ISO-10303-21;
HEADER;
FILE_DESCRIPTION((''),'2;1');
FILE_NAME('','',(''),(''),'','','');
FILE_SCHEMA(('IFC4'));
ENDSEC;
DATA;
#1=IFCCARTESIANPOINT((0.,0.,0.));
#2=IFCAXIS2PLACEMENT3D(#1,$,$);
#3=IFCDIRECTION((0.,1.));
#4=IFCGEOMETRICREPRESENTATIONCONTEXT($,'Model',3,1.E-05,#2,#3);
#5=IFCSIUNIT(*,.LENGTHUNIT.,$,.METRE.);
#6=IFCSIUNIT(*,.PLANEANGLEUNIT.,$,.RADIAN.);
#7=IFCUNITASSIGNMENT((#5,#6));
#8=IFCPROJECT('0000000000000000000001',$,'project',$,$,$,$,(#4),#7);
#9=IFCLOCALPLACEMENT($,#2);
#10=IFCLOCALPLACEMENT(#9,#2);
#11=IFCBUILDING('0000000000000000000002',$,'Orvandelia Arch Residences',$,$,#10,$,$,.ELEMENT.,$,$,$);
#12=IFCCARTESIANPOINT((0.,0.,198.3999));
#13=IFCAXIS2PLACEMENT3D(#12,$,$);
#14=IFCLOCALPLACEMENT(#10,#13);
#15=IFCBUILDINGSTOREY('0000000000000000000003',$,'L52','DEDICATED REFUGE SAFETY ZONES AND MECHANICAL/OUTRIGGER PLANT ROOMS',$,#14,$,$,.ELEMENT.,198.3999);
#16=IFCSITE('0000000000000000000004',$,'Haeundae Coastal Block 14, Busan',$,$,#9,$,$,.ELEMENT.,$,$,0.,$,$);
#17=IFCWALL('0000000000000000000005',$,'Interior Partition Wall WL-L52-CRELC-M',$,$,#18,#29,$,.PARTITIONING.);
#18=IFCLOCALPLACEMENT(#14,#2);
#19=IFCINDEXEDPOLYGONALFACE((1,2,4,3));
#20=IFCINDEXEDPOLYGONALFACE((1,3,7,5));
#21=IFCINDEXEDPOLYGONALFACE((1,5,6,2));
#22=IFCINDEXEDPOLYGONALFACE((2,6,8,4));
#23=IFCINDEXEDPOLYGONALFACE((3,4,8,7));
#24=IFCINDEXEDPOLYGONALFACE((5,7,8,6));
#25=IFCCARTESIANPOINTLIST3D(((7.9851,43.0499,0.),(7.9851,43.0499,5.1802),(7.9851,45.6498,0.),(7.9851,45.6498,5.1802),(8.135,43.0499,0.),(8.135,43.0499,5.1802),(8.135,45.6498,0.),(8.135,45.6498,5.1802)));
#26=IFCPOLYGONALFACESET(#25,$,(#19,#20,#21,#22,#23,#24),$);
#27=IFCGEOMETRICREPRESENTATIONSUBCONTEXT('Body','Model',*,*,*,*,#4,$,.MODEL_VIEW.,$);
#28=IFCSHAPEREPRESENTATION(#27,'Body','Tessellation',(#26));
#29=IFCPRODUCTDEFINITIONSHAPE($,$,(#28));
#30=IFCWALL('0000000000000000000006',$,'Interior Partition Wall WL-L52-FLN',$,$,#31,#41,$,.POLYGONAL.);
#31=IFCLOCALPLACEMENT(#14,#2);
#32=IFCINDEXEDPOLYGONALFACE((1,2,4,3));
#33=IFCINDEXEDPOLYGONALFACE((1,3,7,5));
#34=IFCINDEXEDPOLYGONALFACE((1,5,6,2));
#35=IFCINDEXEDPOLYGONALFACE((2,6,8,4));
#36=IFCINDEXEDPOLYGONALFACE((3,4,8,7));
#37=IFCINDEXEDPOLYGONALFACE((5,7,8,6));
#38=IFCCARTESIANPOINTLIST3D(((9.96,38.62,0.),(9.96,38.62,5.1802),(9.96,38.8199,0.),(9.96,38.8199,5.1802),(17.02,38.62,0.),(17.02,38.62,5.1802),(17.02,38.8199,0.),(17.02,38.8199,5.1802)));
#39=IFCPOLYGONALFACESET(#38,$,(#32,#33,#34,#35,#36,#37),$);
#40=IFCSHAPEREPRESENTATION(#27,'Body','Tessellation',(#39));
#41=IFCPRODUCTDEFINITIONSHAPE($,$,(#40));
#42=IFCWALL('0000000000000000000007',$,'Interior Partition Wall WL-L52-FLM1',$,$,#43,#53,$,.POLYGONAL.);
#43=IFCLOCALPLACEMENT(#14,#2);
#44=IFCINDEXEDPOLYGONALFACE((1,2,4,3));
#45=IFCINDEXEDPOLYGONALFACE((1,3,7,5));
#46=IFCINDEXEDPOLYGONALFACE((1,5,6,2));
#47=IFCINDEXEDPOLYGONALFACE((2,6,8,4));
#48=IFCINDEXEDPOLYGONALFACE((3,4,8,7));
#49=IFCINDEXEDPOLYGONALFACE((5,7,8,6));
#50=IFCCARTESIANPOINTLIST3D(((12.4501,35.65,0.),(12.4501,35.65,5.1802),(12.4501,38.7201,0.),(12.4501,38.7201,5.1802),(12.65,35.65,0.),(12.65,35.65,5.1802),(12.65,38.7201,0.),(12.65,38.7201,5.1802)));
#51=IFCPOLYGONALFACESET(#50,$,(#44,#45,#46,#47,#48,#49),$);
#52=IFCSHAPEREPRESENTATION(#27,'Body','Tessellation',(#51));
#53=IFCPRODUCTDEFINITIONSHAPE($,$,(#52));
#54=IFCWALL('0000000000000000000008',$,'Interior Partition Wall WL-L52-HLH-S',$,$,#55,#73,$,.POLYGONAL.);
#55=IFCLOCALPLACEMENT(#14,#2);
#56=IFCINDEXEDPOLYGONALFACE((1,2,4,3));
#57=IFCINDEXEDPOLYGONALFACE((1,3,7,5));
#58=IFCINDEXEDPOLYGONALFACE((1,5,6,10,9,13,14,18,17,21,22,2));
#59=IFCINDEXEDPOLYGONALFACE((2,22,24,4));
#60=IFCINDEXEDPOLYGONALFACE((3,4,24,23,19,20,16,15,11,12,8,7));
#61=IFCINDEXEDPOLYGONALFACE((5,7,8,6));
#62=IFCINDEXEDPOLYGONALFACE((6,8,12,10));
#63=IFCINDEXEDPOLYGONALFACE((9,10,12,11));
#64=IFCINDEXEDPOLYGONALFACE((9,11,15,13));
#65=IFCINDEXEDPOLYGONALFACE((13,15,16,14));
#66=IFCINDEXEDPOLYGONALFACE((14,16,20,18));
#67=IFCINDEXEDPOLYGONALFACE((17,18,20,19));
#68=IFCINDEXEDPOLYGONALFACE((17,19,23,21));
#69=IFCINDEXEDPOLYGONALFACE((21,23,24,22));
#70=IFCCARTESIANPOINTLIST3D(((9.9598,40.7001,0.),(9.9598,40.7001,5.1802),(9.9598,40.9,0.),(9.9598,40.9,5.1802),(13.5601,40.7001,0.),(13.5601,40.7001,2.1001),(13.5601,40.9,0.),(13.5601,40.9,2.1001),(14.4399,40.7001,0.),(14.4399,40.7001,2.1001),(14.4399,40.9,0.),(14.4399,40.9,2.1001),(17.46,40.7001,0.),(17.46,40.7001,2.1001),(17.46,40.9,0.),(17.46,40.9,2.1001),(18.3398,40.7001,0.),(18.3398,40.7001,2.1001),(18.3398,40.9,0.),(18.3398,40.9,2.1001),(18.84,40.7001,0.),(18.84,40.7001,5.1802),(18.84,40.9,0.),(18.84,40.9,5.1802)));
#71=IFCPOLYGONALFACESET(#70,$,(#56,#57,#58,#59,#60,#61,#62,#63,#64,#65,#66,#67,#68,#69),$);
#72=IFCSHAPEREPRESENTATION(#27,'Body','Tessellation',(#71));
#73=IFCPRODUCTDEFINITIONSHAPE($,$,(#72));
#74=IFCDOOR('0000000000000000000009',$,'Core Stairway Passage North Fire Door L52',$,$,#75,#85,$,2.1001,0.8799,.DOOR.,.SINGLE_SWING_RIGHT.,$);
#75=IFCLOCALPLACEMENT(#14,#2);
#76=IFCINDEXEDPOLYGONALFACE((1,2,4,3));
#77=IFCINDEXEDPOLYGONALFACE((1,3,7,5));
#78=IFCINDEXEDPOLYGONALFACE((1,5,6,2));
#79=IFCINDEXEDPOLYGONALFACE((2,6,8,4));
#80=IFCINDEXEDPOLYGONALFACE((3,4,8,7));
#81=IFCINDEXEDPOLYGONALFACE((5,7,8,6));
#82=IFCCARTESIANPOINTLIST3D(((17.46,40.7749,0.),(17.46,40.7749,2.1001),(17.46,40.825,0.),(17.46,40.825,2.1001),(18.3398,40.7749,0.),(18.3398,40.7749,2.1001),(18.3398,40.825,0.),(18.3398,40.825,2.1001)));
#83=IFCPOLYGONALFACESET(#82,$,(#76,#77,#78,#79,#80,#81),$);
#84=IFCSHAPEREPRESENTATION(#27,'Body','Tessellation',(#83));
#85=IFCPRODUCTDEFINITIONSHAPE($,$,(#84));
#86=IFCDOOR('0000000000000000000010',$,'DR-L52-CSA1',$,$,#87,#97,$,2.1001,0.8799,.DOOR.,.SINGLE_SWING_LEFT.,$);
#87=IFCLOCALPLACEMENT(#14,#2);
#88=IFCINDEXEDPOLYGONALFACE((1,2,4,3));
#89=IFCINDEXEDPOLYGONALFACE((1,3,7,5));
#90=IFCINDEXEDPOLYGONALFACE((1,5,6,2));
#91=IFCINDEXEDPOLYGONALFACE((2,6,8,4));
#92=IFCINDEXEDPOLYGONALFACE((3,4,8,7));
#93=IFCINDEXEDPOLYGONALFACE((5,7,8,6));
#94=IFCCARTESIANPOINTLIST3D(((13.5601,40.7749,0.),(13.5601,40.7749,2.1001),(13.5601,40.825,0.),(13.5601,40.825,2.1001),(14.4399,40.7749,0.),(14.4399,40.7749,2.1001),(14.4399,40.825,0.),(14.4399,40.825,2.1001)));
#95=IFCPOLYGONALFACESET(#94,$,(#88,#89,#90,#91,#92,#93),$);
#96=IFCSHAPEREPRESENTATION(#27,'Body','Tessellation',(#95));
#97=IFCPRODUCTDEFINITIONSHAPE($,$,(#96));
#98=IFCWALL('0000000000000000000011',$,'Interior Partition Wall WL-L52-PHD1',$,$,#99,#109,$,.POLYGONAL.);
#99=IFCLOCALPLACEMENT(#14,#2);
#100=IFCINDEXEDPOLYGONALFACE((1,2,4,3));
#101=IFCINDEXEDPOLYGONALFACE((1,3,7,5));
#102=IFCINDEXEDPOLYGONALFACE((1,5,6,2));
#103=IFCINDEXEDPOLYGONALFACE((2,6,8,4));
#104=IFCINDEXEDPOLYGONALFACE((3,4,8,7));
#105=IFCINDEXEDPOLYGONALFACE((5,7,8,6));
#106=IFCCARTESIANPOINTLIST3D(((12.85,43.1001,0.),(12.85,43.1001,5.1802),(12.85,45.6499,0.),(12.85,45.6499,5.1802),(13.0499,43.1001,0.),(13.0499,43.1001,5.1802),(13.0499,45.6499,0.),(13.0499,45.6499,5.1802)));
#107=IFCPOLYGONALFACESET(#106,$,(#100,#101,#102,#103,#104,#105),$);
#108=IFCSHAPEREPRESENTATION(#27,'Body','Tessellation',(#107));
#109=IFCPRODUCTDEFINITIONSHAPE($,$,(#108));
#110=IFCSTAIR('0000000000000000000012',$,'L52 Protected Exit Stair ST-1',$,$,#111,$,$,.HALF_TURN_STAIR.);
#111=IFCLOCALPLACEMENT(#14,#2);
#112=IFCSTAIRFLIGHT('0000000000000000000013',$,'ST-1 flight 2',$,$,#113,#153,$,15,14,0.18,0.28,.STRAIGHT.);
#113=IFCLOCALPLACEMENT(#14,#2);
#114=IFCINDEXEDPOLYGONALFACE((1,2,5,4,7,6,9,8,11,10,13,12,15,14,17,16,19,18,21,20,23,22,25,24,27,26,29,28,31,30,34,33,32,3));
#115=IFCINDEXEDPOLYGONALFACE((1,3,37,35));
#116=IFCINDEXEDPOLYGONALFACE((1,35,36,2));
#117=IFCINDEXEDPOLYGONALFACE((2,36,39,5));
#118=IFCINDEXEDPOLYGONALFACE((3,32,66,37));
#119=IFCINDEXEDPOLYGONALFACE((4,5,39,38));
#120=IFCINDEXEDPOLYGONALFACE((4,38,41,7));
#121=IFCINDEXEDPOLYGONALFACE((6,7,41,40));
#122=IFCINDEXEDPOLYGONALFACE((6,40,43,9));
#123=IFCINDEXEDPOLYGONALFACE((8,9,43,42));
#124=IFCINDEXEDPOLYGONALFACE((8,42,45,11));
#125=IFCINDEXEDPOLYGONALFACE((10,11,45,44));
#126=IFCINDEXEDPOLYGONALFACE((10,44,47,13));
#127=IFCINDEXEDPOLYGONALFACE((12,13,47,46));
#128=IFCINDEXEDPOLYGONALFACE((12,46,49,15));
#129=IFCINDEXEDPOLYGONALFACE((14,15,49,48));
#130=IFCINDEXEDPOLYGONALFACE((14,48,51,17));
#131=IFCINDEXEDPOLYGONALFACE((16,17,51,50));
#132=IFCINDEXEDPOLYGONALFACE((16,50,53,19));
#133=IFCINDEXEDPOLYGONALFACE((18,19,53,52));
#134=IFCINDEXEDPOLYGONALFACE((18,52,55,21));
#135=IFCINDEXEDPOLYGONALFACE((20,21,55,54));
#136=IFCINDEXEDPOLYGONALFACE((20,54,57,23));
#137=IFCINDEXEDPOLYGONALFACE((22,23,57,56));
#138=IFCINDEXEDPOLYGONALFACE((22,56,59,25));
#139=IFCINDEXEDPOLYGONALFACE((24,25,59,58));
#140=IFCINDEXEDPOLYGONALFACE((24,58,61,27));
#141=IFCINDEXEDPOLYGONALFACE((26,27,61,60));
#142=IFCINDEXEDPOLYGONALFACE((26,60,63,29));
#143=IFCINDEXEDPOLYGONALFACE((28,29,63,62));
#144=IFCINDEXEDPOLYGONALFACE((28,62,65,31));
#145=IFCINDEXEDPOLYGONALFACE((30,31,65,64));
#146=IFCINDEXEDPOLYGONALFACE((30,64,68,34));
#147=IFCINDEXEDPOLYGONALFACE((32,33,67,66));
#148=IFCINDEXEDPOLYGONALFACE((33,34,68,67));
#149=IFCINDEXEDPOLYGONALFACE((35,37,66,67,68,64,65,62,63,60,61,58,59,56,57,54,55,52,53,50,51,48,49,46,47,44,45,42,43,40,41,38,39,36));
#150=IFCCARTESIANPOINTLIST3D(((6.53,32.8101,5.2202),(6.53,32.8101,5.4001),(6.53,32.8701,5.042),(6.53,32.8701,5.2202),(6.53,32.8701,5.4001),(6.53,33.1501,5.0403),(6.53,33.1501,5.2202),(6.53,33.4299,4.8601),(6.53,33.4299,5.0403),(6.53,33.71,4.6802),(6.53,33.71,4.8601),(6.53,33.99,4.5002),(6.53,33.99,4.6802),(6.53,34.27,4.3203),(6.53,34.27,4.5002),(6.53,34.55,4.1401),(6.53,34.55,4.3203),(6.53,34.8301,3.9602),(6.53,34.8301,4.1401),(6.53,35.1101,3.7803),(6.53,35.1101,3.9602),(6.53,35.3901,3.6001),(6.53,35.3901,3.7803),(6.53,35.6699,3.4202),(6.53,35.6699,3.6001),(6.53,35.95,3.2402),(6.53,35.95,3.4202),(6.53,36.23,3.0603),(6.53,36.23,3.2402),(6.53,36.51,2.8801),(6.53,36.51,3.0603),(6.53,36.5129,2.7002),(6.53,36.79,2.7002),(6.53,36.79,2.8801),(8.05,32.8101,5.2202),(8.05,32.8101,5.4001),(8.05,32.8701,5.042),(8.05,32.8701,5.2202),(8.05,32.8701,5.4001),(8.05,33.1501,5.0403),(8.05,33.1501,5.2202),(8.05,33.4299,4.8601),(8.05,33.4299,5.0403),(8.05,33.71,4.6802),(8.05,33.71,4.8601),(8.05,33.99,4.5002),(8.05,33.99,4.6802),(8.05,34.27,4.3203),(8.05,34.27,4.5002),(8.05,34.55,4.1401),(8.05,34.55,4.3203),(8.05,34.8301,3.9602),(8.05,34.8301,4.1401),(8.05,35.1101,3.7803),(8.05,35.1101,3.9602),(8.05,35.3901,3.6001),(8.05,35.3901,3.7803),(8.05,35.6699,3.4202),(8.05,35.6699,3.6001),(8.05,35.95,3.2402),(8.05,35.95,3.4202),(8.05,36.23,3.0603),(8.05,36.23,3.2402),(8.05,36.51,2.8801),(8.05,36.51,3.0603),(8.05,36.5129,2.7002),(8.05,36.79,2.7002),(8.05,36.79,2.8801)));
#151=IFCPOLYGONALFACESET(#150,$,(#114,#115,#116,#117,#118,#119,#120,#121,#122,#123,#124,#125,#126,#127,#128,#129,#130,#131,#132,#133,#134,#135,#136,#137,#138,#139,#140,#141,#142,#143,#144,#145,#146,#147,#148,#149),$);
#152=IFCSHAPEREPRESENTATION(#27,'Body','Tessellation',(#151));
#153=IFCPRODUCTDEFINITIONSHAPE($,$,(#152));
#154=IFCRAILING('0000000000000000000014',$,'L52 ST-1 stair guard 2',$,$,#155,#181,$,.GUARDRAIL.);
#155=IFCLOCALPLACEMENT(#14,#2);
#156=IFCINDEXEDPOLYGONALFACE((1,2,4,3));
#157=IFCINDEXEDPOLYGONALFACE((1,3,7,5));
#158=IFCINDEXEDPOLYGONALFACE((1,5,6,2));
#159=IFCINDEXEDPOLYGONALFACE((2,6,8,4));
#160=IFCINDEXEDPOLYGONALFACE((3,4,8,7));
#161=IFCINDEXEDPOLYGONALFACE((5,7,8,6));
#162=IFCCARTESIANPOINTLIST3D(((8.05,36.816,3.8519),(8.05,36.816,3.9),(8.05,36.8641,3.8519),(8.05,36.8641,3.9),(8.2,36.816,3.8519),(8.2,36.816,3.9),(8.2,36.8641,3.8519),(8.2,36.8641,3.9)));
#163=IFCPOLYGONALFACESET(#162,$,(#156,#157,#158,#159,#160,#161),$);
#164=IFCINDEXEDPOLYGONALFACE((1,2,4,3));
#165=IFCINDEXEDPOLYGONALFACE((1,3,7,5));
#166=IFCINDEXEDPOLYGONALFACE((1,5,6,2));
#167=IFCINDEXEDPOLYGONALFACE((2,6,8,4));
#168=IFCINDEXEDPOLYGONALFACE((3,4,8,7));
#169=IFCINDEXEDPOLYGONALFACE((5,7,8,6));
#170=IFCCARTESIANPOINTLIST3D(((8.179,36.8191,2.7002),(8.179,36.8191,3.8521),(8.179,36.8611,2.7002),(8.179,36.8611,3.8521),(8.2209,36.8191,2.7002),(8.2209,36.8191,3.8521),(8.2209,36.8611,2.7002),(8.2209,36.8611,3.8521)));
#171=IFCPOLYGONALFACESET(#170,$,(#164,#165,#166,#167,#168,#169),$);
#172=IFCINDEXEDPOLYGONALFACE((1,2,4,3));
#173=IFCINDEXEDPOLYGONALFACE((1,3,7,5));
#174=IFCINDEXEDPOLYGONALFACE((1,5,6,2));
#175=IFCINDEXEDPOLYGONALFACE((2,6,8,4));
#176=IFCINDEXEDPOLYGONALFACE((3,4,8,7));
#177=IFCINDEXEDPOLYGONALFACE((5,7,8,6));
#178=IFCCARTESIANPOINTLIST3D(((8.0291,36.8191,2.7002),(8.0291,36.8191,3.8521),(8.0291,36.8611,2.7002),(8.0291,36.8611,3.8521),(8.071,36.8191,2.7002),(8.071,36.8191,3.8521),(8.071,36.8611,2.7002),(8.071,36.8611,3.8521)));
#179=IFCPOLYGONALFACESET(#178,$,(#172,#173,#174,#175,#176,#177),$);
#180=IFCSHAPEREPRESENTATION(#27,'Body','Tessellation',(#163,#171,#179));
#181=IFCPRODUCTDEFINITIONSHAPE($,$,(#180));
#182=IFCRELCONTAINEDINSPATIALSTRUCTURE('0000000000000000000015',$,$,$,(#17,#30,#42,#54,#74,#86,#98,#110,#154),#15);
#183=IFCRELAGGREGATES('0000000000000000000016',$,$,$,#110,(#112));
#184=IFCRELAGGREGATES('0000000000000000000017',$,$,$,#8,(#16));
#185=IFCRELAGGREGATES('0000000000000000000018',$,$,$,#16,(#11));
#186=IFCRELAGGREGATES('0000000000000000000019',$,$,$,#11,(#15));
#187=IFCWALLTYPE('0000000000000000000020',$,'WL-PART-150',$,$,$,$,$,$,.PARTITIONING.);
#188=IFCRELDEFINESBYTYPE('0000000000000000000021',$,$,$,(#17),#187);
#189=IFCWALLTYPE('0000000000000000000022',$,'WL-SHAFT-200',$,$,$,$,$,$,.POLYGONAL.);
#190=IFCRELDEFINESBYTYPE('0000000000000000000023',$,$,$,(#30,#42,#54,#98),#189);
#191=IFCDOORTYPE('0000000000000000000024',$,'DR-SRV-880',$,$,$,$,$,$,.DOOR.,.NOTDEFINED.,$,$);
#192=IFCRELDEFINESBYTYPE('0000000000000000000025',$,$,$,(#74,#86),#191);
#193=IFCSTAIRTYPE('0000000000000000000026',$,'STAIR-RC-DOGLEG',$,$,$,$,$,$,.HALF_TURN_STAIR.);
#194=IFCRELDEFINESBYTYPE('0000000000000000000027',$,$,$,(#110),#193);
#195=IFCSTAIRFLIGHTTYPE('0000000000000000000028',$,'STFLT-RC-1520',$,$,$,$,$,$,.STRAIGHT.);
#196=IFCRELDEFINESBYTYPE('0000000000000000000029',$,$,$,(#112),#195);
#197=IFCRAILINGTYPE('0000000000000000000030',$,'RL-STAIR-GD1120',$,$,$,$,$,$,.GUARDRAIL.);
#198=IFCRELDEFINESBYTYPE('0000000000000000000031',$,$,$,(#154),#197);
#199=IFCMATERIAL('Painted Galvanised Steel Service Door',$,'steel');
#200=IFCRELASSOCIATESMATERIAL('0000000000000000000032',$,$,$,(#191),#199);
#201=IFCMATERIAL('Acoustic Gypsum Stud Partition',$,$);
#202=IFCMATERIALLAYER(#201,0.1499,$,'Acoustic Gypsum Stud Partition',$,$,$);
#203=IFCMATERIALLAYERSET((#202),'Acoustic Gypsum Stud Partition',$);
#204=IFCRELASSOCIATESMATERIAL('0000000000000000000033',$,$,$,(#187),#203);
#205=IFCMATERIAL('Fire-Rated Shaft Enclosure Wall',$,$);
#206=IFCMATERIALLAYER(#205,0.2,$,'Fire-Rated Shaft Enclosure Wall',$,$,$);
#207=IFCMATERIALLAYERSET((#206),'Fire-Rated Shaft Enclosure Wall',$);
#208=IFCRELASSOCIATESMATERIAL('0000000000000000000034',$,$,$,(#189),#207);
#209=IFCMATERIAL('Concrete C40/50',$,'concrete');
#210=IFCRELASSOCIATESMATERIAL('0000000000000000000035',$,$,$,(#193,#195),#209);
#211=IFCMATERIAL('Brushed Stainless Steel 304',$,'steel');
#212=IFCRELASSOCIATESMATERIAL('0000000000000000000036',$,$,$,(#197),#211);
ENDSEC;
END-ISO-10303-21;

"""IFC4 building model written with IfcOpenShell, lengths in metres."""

from ifc_helpers import new_model, si_unit, direction, frame, frame_2d, origin, origin_2d, place, context, subcontext, project, spatial, polyline, rectangle, outline, extrude, material, layer, layer_set, type_object, element, fill, aggregate, save


model = new_model("IFC4")

# Units and contexts
model_context = context("Model", 3, precision=1e-05, world=origin(), true_north=direction((0.0, 1.0)))
body_context = subcontext(model_context, "Body", "Model", "MODEL_VIEW")
ifc_project = project(units=[si_unit("LENGTHUNIT", "METRE"), si_unit("PLANEANGLEUNIT", "RADIAN")], contexts=[model_context])

# Site, building, storey
site_placement = place(None, origin())
site = spatial("IfcSite", under=ifc_project, at=site_placement, Name="Haeundae Coastal Block 14, Busan", CompositionType="ELEMENT", RefElevation=0.0)
building_placement = place(site_placement, origin())
building = spatial("IfcBuilding", under=site, at=building_placement, Name="Orvandelia Arch Residences", CompositionType="ELEMENT")
storey_placement = place(building_placement, frame((0.0, 0.0, 198.3999)))
storey = spatial("IfcBuildingStorey", under=building, at=storey_placement, Name="L52", Description="DEDICATED REFUGE SAFETY ZONES AND MECHANICAL/OUTRIGGER PLANT ROOMS", CompositionType="ELEMENT", Elevation=198.3999)

# Shared definitions
ifc_material_1 = material(Name="Painted Galvanised Steel Service Door", Category="steel")
door_type_1 = type_object("IfcDoorType", Name="DR-SRV-880", OperationType="NOTDEFINED", PredefinedType="DOOR", material=ifc_material_1)

# Walls
ifc_material_2 = material(Name="Acoustic Gypsum Stud Partition")
ifc_layer_1 = layer(ifc_material_2, 0.1499, Name="Acoustic Gypsum Stud Partition")
ifc_layer_set_1 = layer_set([ifc_layer_1], Name="Acoustic Gypsum Stud Partition")
wall_type_1 = type_object("IfcWallType", Name="WL-PART-150", PredefinedType="PARTITIONING", material=ifc_layer_set_1)
wall_1_placement = place(storey_placement, frame((8.0601, 43.05, 0.0), z_axis=(0.0, 0.0, 1.0), x_axis=(0.0, 1.0, 0.0)))
element("IfcWall", 1, at=wall_1_placement, inside=storey, type_object=wall_type_1, Name="Interior Partition Wall WL-L52-CRELC-M", PredefinedType="PARTITIONING", context=body_context, shape_type="SweptSolid", body=[
    extrude(rectangle(XDim=2.5999, YDim=0.1499, at=frame_2d((1.2998, 0.0))), origin(), (0.0, 0.0, 1.0), 5.1802),
])
ifc_material_3 = material(Name="Fire-Rated Shaft Enclosure Wall")
ifc_layer_2 = layer(ifc_material_3, 0.2, Name="Fire-Rated Shaft Enclosure Wall")
ifc_layer_set_2 = layer_set([ifc_layer_2], Name="Fire-Rated Shaft Enclosure Wall")
wall_type_2 = type_object("IfcWallType", Name="WL-SHAFT-200", PredefinedType="POLYGONAL", material=ifc_layer_set_2)
wall_2_placement = place(storey_placement, frame((9.96, 38.72, 0.0), z_axis=(0.0, 0.0, 1.0), x_axis=(1.0, 0.0, 0.0)))
element("IfcWall", 2, at=wall_2_placement, inside=storey, type_object=wall_type_2, Name="Interior Partition Wall WL-L52-FLN", PredefinedType="POLYGONAL", context=body_context, shape_type="SweptSolid", body=[
    extrude(rectangle(XDim=7.0601, YDim=0.2, at=frame_2d((3.53, 0.0))), origin(), (0.0, 0.0, 1.0), 5.1802),
])
wall_3_placement = place(storey_placement, frame((12.55, 35.6499, 0.0), z_axis=(0.0, 0.0, 1.0), x_axis=(0.0, 1.0, 0.0)))
element("IfcWall", 3, at=wall_3_placement, inside=storey, type_object=wall_type_2, Name="Interior Partition Wall WL-L52-FLM1", PredefinedType="POLYGONAL", context=body_context, shape_type="SweptSolid", body=[
    extrude(rectangle(XDim=3.0701, YDim=0.2, at=frame_2d((1.5352, 0.0))), origin(), (0.0, 0.0, 1.0), 5.1802),
])

# Wall, openings, doors
wall_4_placement = place(storey_placement, frame((9.96, 40.8, 0.0), z_axis=(0.0, 0.0, 1.0), x_axis=(1.0, 0.0, 0.0)))
wall_4 = element("IfcWall", 4, at=wall_4_placement, inside=storey, type_object=wall_type_2, Name="Interior Partition Wall WL-L52-HLH-S", PredefinedType="POLYGONAL", context=body_context, shape_type="SweptSolid", body=[
    extrude(rectangle(XDim=8.8801, YDim=0.2, at=frame_2d((4.4399, 0.0))), origin(), (0.0, 0.0, 1.0), 5.1802),
])
opening_1_placement = place(wall_4_placement, frame((7.5, 0.0, 0.0)))
opening_1 = element("IfcOpeningElement", 5, at=opening_1_placement, cuts=wall_4, PredefinedType="OPENING", context=body_context, shape_type="SweptSolid", body=[
    extrude(rectangle(XDim=0.8799, YDim=2.1001, at=frame_2d((0.4399, 1.05))), frame((0.0, 0.1099, 0.0), z_axis=(0.0, -1.0, 0.0), x_axis=(1.0, 0.0, 0.0)), (0.0, 0.0, 1.0), 0.22),
])
opening_2_placement = place(wall_4_placement, frame((3.6001, 0.0, 0.0)))
opening_2 = element("IfcOpeningElement", 6, at=opening_2_placement, cuts=wall_4, PredefinedType="OPENING", context=body_context, shape_type="SweptSolid", body=[
    extrude(rectangle(XDim=0.8799, YDim=2.1001, at=frame_2d((0.4399, 1.05))), frame((0.0, 0.1099, 0.0), z_axis=(0.0, -1.0, 0.0), x_axis=(1.0, 0.0, 0.0)), (0.0, 0.0, 1.0), 0.22),
])
door_1_placement = place(opening_1_placement, origin())
door_1 = element("IfcDoor", 7, at=door_1_placement, inside=storey, type_object=door_type_1, Name="Core Stairway Passage North Fire Door L52", OperationType="SINGLE_SWING_RIGHT", OverallHeight=2.1001, OverallWidth=0.8799, PredefinedType="DOOR", context=body_context, shape_type="SweptSolid", body=[
    extrude(rectangle(XDim=0.8799, YDim=2.1001, at=frame_2d((0.4399, 1.05))), frame((0.0, 0.0249, 0.0), z_axis=(0.0, -1.0, 0.0), x_axis=(1.0, 0.0, 0.0)), (0.0, 0.0, 1.0), 0.05),
])
fill(opening_1, door_1)
door_2_placement = place(opening_2_placement, origin())
door_2 = element("IfcDoor", 8, at=door_2_placement, inside=storey, type_object=door_type_1, Name="DR-L52-CSA1", OperationType="SINGLE_SWING_LEFT", OverallHeight=2.1001, OverallWidth=0.8799, PredefinedType="DOOR", context=body_context, shape_type="SweptSolid", body=[
    extrude(rectangle(XDim=0.8799, YDim=2.1001, at=frame_2d((0.4399, 1.05))), frame((0.0, 0.0249, 0.0), z_axis=(0.0, -1.0, 0.0), x_axis=(1.0, 0.0, 0.0)), (0.0, 0.0, 1.0), 0.05),
])
fill(opening_2, door_2)

# Wall
wall_5_placement = place(storey_placement, frame((12.95, 43.1001, 0.0), z_axis=(0.0, 0.0, 1.0), x_axis=(0.0, 1.0, 0.0)))
element("IfcWall", 9, at=wall_5_placement, inside=storey, type_object=wall_type_2, Name="Interior Partition Wall WL-L52-PHD1", PredefinedType="POLYGONAL", context=body_context, shape_type="SweptSolid", body=[
    extrude(rectangle(XDim=2.5498, YDim=0.2, at=frame_2d((1.2749, 0.0))), origin(), (0.0, 0.0, 1.0), 5.1802),
])

# Stair, stair flight
ifc_material_4 = material(Name="Concrete C40/50", Category="concrete")
stair_type = type_object("IfcStairType", Name="STAIR-RC-DOGLEG", PredefinedType="HALF_TURN_STAIR", material=ifc_material_4)
stair_placement = place(storey_placement, origin())
stair = element("IfcStair", 10, at=stair_placement, inside=storey, type_object=stair_type, Name="L52 Protected Exit Stair ST-1", PredefinedType="HALF_TURN_STAIR")
stair_flight_type = type_object("IfcStairFlightType", Name="STFLT-RC-1520", PredefinedType="STRAIGHT", material=ifc_material_4)
stair_flight_placement = place(storey_placement, frame((7.29, 36.79, 2.7002), z_axis=(0.0, 0.0, 1.0), x_axis=(0.0, -1.0, 0.0)))
stair_flight = element("IfcStairFlight", 11, at=stair_flight_placement, type_object=stair_flight_type, Name="ST-1 flight 2", NumberOfRisers=15, NumberOfTreads=14, PredefinedType="STRAIGHT", RiserHeight=0.18, TreadLength=0.28, context=body_context, shape_type="SweptSolid", body=[
    extrude(outline(polyline([(0.0, 0.0), (0.0, 0.1799), (0.28, 0.1799), (0.28, 0.3601), (0.5601, 0.3601), (0.5601, 0.54), (0.8401, 0.54), (0.8401, 0.72), (1.1201, 0.72), (1.1201, 0.8999), (1.3999, 0.8999), (1.3999, 1.0801), (1.6799, 1.0801), (1.6799, 1.26), (1.96, 1.26), (1.96, 1.4399), (2.24, 1.4399), (2.24, 1.6201), (2.52, 1.6201), (2.52, 1.8), (2.8, 1.8), (2.8, 1.98), (3.0801, 1.98), (3.0801, 2.1599), (3.3601, 2.1599), (3.3601, 2.3401), (3.6399, 2.3401), (3.6399, 2.52), (3.9199, 2.52), (3.9199, 2.7), (3.98, 2.7), (3.98, 2.52), (3.9199, 2.3418), (0.2771, 0.0), (0.0, 0.0)])), frame((0.0, 0.76, 0.0), z_axis=(0.0, -1.0, 0.0), x_axis=(1.0, 0.0, 0.0)), (0.0, 0.0, 1.0), 1.52),
])
aggregate(stair, [stair_flight])

# Railing
ifc_material_5 = material(Name="Brushed Stainless Steel 304", Category="steel")
railing_type = type_object("IfcRailingType", Name="RL-STAIR-GD1120", PredefinedType="GUARDRAIL", material=ifc_material_5)
railing_1_placement = place(storey_placement, frame((8.2, 36.8401, 2.7002)))
element("IfcRailing", 12, at=railing_1_placement, inside=storey, type_object=railing_type, Name="L52 ST-1 stair guard 2", PredefinedType="GUARDRAIL", context=body_context, shape_type="SweptSolid", body=[
    extrude(rectangle(XDim=0.0481, YDim=0.0481, at=origin_2d()), frame((0.0, 0.0, 1.1758), z_axis=(-1.0, 0.0, 0.0), x_axis=(0.0, -1.0, 0.0)), (0.0, 0.0, 1.0), 0.1499),
    extrude(rectangle(XDim=0.042, YDim=0.042, at=origin_2d()), origin(), (0.0, 0.0, 1.0), 1.1519),
    extrude(rectangle(XDim=0.042, YDim=0.042, at=origin_2d()), frame((-0.1499, 0.0, 0.0)), (0.0, 0.0, 1.0), 1.1519),
])

save(model, "model.ifc")
